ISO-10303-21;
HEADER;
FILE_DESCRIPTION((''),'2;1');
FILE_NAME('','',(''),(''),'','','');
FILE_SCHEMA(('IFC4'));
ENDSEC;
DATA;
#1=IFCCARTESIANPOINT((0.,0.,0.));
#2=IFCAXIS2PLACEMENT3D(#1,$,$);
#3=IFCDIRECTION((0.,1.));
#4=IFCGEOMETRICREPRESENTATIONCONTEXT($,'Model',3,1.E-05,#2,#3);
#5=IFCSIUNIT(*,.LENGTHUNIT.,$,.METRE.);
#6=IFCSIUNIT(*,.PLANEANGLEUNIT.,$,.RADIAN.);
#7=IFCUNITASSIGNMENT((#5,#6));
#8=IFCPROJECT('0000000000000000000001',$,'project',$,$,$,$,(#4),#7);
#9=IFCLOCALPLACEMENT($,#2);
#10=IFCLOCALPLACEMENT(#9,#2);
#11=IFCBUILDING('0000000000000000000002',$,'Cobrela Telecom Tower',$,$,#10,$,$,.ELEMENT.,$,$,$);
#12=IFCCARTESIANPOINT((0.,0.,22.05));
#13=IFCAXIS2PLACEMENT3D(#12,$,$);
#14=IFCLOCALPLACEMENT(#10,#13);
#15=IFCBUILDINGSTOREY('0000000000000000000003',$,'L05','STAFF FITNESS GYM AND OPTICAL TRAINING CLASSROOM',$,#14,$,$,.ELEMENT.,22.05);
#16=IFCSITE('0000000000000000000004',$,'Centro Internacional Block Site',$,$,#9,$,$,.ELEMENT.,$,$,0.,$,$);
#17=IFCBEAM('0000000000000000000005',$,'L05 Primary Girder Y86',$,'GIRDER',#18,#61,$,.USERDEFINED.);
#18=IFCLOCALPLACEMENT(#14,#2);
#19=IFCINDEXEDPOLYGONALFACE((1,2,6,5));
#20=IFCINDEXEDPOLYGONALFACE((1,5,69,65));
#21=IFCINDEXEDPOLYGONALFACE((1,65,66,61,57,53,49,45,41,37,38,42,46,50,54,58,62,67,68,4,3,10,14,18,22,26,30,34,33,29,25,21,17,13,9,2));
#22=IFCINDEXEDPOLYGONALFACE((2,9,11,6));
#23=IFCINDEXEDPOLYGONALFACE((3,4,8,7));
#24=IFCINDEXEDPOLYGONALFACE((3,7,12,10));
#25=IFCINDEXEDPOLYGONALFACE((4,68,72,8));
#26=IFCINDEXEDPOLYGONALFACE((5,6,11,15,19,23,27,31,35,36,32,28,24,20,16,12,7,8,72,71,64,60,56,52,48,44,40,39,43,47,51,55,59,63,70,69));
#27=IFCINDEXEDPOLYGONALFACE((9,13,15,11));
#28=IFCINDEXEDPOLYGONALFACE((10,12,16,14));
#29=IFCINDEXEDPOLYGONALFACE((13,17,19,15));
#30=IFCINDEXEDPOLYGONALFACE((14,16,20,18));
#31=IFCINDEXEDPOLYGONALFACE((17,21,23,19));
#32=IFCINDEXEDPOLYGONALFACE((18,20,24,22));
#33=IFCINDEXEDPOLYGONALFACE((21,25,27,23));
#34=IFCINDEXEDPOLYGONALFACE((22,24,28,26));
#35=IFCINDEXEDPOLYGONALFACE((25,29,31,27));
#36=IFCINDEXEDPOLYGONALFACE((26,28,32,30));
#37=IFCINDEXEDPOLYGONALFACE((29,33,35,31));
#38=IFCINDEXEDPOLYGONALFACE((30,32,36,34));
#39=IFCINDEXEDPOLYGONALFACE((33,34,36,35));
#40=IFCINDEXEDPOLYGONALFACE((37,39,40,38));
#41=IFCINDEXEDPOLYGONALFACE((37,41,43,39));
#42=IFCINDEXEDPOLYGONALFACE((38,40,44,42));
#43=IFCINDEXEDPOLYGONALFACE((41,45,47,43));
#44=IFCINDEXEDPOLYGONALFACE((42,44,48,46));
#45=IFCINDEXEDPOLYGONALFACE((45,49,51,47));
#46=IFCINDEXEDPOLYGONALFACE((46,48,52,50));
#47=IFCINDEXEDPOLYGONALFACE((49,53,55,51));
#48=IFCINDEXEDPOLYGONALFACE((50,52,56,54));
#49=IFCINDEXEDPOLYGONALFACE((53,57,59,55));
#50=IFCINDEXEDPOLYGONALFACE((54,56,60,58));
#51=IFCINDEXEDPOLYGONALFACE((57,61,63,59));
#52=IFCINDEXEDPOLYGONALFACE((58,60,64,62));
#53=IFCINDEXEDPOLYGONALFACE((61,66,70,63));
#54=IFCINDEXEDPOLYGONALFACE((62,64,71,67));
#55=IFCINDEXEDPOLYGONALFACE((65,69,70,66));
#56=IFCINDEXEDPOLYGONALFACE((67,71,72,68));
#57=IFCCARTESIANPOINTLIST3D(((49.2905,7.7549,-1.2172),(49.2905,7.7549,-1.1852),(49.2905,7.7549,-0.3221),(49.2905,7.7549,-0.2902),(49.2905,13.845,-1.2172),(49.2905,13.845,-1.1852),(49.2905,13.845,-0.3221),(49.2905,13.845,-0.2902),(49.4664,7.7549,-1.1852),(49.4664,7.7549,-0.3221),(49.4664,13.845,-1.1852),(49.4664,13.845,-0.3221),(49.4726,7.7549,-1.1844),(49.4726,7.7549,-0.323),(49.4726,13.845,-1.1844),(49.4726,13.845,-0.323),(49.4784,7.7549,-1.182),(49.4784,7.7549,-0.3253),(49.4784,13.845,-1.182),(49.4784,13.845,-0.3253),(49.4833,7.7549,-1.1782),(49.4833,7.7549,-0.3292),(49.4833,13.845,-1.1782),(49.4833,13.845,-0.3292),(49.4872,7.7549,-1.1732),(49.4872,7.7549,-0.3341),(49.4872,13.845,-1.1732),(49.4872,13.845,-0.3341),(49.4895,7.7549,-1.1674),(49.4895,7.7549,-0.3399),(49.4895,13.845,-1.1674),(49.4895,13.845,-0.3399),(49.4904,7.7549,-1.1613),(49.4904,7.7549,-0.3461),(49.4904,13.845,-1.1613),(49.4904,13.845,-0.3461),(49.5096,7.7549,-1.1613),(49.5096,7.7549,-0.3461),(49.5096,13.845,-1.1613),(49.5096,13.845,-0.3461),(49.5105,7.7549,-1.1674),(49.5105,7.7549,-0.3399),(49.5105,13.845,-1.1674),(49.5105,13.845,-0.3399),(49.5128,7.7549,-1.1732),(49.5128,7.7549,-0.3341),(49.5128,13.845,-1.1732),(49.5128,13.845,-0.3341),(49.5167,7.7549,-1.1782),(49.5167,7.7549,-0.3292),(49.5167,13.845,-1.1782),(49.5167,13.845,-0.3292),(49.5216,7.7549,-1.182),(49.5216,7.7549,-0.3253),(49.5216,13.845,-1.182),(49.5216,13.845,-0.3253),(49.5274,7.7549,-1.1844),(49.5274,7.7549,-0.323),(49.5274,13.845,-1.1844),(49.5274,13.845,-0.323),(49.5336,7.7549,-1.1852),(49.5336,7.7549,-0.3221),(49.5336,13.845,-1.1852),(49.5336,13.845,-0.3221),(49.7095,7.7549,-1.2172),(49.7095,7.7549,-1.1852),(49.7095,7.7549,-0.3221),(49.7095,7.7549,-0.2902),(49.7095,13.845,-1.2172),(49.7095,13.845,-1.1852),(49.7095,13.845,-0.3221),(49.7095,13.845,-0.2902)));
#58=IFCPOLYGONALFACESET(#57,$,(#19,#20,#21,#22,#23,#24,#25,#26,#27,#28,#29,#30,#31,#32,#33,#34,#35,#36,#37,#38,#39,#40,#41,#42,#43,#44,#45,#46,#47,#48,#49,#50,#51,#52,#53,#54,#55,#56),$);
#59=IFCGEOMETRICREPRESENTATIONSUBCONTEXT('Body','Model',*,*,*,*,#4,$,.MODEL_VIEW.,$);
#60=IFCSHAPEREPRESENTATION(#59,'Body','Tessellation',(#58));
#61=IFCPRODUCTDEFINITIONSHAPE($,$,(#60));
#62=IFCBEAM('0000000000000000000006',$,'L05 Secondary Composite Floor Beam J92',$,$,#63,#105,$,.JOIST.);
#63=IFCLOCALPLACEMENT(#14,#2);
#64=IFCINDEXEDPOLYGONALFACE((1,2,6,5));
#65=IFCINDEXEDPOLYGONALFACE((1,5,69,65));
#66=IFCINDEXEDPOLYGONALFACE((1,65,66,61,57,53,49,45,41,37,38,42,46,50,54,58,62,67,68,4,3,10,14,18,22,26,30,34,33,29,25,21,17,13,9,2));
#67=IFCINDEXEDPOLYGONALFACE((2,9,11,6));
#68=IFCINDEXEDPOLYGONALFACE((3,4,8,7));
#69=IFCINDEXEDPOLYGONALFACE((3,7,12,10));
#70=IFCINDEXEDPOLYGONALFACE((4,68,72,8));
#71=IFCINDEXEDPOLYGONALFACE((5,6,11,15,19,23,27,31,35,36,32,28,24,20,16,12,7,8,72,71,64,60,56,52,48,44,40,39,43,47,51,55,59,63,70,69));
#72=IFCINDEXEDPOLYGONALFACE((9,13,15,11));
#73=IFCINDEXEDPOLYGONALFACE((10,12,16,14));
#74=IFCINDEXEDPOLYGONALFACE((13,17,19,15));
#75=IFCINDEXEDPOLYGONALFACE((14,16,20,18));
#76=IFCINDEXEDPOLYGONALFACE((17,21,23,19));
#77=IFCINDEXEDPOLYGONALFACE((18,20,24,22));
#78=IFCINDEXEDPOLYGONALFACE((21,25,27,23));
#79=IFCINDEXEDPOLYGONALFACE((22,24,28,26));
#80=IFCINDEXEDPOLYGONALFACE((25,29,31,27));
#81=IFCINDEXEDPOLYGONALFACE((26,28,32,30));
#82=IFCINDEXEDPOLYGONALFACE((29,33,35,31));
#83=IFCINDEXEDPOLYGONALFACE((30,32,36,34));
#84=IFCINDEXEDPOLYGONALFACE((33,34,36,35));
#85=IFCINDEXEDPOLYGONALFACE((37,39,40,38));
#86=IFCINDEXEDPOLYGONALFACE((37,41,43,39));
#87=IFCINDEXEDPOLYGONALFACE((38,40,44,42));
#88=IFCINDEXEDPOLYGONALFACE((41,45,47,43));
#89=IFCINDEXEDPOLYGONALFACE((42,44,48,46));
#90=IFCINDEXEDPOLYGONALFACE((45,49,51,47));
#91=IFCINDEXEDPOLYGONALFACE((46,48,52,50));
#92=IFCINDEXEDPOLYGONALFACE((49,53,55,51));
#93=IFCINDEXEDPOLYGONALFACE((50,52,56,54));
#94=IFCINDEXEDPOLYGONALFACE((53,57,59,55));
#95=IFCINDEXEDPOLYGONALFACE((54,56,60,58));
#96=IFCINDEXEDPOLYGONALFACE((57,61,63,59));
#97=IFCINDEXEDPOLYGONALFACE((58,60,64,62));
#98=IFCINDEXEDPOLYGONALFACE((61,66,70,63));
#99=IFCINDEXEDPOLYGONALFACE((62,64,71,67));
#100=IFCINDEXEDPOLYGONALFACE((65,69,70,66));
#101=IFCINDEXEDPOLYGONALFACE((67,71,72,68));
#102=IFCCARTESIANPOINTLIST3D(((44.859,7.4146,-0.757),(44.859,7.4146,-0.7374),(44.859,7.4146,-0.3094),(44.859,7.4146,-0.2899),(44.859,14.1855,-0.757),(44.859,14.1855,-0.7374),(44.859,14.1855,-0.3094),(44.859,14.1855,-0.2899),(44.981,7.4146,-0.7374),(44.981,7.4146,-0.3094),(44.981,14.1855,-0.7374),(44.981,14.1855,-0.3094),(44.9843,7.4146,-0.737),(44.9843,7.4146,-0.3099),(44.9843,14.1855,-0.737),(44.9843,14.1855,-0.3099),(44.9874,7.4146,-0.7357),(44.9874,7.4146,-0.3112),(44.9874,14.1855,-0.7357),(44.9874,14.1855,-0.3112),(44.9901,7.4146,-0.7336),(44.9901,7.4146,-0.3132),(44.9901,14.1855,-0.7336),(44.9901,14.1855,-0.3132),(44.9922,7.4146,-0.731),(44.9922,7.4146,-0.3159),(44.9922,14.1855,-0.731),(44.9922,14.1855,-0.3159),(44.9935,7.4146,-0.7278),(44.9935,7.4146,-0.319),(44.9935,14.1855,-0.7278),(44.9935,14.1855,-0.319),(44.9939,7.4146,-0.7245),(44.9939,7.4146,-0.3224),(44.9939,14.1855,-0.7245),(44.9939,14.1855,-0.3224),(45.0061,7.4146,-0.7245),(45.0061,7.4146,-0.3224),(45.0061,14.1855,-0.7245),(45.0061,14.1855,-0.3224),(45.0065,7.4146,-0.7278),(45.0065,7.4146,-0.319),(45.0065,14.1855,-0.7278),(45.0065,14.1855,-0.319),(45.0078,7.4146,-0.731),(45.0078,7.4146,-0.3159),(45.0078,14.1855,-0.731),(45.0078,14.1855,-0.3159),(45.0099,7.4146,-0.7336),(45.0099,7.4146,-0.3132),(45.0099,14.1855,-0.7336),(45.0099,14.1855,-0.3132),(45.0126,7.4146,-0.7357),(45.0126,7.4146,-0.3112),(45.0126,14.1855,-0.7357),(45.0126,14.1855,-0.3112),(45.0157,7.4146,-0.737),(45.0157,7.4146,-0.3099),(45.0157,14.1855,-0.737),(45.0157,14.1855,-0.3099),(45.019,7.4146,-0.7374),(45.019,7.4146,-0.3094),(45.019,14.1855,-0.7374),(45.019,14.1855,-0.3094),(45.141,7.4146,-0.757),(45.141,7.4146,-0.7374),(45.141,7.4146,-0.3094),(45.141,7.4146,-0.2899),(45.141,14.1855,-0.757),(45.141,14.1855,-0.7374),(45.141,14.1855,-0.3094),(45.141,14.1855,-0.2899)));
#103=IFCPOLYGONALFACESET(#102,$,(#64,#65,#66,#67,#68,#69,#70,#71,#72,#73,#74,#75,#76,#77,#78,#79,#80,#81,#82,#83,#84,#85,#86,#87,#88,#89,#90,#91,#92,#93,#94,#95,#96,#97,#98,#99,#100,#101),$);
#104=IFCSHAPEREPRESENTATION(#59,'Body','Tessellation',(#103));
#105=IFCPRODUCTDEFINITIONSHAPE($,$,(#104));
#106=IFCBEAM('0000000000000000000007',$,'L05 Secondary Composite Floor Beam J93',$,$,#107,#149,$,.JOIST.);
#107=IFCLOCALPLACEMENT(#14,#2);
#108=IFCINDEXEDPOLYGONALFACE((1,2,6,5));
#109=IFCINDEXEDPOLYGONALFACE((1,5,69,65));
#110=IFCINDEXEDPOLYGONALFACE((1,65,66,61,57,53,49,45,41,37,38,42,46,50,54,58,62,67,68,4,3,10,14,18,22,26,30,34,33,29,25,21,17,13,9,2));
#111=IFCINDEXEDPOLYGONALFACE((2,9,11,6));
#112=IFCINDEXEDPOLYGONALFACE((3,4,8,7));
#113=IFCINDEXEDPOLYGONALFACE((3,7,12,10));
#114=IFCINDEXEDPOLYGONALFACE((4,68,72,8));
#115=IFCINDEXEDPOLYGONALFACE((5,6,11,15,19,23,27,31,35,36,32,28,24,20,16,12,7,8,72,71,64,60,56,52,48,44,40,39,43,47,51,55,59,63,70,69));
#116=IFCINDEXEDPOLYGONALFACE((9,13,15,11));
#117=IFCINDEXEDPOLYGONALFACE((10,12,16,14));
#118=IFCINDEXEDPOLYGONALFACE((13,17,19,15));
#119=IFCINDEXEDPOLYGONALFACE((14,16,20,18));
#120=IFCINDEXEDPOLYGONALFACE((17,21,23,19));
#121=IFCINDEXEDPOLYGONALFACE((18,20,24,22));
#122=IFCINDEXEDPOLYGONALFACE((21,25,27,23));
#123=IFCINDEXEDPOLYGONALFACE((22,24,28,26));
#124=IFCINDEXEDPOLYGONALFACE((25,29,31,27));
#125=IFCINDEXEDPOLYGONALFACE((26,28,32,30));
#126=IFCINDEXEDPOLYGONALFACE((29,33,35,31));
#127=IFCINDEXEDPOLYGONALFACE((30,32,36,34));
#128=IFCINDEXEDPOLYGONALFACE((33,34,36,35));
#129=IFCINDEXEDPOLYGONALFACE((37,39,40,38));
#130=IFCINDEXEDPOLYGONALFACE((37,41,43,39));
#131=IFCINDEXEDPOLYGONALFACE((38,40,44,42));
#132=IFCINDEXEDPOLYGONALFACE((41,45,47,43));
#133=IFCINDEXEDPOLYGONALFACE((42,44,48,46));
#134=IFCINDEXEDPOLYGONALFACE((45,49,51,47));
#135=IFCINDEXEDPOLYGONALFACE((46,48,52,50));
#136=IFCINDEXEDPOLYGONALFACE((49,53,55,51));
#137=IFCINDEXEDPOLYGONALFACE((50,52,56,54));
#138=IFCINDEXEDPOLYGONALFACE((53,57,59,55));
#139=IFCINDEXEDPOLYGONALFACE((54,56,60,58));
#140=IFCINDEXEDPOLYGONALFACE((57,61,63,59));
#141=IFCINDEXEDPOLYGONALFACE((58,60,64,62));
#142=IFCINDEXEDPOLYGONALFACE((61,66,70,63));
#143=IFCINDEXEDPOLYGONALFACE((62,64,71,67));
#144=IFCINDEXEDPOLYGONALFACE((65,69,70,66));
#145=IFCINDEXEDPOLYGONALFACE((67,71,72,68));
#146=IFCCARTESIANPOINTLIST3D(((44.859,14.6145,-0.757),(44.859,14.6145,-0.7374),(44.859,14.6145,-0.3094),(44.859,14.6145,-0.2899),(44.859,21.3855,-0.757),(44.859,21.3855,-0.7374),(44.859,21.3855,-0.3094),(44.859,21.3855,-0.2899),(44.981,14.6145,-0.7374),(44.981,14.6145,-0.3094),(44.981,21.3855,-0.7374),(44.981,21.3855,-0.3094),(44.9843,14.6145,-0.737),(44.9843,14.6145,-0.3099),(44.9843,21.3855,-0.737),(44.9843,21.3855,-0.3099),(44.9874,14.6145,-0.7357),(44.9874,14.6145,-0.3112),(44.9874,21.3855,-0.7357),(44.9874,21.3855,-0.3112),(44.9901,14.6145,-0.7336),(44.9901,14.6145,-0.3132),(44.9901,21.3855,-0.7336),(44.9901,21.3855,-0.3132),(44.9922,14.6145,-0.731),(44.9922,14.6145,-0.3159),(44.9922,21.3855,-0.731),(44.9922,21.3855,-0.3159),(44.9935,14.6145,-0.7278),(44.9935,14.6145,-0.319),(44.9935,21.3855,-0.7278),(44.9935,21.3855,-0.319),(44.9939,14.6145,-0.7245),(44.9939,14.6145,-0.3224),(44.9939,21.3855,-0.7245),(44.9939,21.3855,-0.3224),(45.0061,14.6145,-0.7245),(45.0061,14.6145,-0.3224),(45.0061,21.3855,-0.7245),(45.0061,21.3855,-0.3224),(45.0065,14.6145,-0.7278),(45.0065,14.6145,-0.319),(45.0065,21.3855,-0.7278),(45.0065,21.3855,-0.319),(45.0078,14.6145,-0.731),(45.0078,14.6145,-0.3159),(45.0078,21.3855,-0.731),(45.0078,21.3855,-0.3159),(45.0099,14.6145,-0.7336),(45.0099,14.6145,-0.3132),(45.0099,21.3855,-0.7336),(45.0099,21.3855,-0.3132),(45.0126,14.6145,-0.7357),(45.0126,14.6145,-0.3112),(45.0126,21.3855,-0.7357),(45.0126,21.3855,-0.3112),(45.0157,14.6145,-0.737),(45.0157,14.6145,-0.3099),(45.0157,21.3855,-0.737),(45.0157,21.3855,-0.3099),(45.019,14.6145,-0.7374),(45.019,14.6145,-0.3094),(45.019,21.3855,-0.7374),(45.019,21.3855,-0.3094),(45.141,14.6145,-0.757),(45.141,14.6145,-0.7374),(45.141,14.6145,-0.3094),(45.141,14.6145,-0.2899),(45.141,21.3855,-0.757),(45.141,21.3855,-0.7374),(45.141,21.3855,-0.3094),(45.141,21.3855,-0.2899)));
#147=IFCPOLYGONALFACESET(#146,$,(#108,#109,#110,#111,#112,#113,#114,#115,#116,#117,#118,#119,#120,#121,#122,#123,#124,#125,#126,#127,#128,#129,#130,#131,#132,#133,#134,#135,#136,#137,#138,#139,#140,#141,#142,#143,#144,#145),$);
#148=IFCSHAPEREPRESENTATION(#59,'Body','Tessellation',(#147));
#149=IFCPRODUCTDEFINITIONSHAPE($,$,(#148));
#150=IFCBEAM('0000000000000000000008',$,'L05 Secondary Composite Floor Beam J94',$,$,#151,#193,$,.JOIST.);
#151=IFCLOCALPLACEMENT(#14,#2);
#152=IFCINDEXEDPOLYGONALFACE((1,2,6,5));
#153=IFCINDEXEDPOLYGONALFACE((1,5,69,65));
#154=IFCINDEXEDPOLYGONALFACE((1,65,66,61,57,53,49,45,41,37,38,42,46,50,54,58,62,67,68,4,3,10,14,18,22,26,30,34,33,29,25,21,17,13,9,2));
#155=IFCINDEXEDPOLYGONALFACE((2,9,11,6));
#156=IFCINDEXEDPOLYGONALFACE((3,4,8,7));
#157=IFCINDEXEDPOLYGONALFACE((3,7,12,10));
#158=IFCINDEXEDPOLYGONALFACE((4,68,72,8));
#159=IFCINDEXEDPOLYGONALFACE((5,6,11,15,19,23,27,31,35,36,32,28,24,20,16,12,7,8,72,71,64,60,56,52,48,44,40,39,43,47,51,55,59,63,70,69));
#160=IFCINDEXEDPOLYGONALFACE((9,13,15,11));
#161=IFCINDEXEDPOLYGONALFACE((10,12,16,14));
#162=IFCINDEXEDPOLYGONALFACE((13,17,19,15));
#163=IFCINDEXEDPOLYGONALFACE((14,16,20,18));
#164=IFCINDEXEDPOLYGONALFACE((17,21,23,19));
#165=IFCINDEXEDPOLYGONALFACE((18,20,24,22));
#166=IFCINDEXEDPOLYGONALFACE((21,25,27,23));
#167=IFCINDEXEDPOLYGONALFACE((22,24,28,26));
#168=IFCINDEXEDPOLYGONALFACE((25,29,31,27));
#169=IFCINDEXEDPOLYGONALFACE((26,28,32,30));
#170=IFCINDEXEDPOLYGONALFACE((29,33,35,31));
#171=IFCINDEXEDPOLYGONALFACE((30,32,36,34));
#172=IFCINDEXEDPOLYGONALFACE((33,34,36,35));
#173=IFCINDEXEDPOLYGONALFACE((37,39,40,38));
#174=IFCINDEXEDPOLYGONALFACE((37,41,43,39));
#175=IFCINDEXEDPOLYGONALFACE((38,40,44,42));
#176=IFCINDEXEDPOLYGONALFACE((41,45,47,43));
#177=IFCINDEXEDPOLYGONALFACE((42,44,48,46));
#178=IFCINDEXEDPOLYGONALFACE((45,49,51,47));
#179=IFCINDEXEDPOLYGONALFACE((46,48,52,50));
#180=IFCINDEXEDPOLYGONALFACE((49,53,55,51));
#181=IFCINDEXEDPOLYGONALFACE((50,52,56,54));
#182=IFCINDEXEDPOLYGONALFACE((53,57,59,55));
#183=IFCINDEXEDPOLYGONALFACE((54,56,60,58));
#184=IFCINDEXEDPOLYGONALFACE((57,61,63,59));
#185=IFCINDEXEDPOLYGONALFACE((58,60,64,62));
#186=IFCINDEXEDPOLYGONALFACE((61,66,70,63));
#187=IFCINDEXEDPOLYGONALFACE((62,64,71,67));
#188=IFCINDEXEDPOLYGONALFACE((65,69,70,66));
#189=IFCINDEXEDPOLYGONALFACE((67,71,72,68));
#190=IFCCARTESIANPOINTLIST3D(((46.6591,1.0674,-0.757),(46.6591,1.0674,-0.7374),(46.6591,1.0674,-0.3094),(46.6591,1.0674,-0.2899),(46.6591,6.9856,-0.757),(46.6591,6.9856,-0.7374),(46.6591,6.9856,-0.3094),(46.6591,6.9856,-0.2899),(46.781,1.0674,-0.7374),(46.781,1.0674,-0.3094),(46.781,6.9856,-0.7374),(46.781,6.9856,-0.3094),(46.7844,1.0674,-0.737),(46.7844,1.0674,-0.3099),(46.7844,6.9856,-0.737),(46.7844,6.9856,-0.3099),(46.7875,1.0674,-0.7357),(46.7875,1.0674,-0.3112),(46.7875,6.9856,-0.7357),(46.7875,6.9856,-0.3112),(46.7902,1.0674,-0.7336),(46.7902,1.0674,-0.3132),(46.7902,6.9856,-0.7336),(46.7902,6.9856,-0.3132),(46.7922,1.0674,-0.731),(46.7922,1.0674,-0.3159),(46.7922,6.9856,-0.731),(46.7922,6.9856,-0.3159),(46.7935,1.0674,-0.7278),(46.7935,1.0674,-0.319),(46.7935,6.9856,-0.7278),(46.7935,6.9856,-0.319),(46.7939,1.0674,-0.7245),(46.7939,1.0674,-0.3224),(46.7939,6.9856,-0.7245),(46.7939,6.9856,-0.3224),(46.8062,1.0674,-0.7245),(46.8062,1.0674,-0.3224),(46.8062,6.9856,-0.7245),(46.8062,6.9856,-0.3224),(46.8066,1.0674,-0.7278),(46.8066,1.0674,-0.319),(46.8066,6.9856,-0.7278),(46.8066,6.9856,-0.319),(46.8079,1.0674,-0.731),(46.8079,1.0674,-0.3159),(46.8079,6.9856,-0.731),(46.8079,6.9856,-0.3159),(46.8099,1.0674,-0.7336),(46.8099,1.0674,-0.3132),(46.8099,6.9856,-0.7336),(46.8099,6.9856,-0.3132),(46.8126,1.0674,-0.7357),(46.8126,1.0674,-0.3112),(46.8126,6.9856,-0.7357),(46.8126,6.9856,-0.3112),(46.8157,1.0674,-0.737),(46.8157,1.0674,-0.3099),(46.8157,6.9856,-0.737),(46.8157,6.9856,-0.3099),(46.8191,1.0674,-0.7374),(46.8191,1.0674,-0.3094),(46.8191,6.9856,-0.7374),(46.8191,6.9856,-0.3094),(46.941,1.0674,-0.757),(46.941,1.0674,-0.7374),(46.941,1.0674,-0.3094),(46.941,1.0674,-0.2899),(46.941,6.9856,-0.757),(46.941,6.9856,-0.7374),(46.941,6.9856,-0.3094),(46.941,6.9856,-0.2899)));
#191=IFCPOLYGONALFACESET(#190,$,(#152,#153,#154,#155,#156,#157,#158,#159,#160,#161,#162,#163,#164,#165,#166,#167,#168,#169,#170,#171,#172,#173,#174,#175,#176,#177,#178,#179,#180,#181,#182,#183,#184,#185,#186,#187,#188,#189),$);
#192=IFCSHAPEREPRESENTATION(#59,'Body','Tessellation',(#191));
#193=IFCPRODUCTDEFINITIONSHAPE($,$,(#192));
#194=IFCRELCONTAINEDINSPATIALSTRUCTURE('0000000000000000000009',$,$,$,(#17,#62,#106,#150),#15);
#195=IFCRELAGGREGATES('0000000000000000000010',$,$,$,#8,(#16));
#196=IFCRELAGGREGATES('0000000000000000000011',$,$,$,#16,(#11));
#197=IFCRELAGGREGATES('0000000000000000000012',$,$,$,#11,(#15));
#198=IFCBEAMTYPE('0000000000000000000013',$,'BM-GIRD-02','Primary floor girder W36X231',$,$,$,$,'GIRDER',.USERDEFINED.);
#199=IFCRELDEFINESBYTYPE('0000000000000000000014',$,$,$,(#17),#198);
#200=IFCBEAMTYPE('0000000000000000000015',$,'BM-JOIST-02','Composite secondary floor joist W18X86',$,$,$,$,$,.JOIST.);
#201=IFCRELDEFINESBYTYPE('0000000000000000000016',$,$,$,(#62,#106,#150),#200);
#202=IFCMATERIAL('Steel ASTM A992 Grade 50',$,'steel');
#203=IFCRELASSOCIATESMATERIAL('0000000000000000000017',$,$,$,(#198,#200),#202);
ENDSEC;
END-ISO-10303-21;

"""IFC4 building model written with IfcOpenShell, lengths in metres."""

from ifc_helpers import new_model, si_unit, direction, frame, origin, origin_2d, place, context, subcontext, project, spatial, i_section, extrude, material, material_profile, profile_set, type_object, element, save


model = new_model("IFC4")

# Units and contexts
model_context = context("Model", 3, precision=1e-05, world=origin(), true_north=direction((0.0, 1.0)))
body_context = subcontext(model_context, "Body", "Model", "MODEL_VIEW")
ifc_project = project(units=[si_unit("LENGTHUNIT", "METRE"), si_unit("PLANEANGLEUNIT", "RADIAN")], contexts=[model_context])

# Site, building, storey
site_placement = place(None, origin())
site = spatial("IfcSite", under=ifc_project, at=site_placement, Name="Centro Internacional Block Site", CompositionType="ELEMENT", RefElevation=0.0)
building_placement = place(site_placement, origin())
building = spatial("IfcBuilding", under=site, at=building_placement, Name="Cobrela Telecom Tower", CompositionType="ELEMENT")
storey_placement = place(building_placement, frame((0.0, 0.0, 22.05)))
storey = spatial("IfcBuildingStorey", under=building, at=storey_placement, Name="L05", Description="STAFF FITNESS GYM AND OPTICAL TRAINING CLASSROOM", CompositionType="ELEMENT", Elevation=22.05)

# Beams
ifc_material_1 = material(Name="Steel ASTM A992 Grade 50", Category="steel")
ifc_material_profile_1 = material_profile(ifc_material_1, i_section(OverallWidth=0.4189, OverallDepth=0.927, WebThickness=0.0193, FlangeThickness=0.032, FilletRadius=0.0239, at=origin_2d()), Name="W36X231")
ifc_profile_set_1 = profile_set([ifc_material_profile_1], Name="Steel ASTM A992 Grade 50")
beam_type_1 = type_object("IfcBeamType", Name="BM-GIRD-02", Description="Primary floor girder W36X231", ElementType="GIRDER", PredefinedType="USERDEFINED", material=ifc_profile_set_1)
beam_1_placement = place(storey_placement, frame((49.5, 7.7549, -0.7537), z_axis=(0.0, 1.0, 0.0), x_axis=(-1.0, 0.0, 0.0)))
element("IfcBeam", 1, at=beam_1_placement, inside=storey, type_object=beam_type_1, Name="L05 Primary Girder Y86", ObjectType="GIRDER", PredefinedType="USERDEFINED", context=body_context, shape_type="SweptSolid", body=[
    extrude(i_section(OverallWidth=0.4189, OverallDepth=0.927, WebThickness=0.0193, FlangeThickness=0.032, FilletRadius=0.0239, at=origin_2d()), origin(), (0.0, 0.0, 1.0), 6.0901),
])
ifc_material_profile_2 = material_profile(ifc_material_1, i_section(OverallWidth=0.282, OverallDepth=0.467, WebThickness=0.0122, FlangeThickness=0.0195, FilletRadius=0.0129, at=origin_2d()), Name="W18X86")
ifc_profile_set_2 = profile_set([ifc_material_profile_2], Name="Steel ASTM A992 Grade 50")
beam_type_2 = type_object("IfcBeamType", Name="BM-JOIST-02", Description="Composite secondary floor joist W18X86", PredefinedType="JOIST", material=ifc_profile_set_2)
for number, where, z_axis, x_axis, name in (
    (2, (45.0, 7.4146, -0.5234), (0.0, 1.0, 0.0), (-1.0, 0.0, 0.0), "L05 Secondary Composite Floor Beam J92"),
    (3, (45.0, 14.6145, -0.5234), (0.0, 1.0, 0.0), (-1.0, 0.0, 0.0), "L05 Secondary Composite Floor Beam J93"),
):
    element("IfcBeam", number, at=place(storey_placement, frame(where, z_axis=z_axis, x_axis=x_axis)), inside=storey, type_object=beam_type_2, Name=name, PredefinedType="JOIST", context=body_context, shape_type="SweptSolid", body=[
        extrude(i_section(OverallWidth=0.282, OverallDepth=0.467, WebThickness=0.0122, FlangeThickness=0.0195, FilletRadius=0.0129, at=origin_2d()), origin(), (0.0, 0.0, 1.0), 6.771),
    ])
beam_2_placement = place(storey_placement, frame((46.8, 1.0674, -0.5234), z_axis=(0.0, 1.0, 0.0), x_axis=(-1.0, 0.0, 0.0)))
element("IfcBeam", 4, at=beam_2_placement, inside=storey, type_object=beam_type_2, Name="L05 Secondary Composite Floor Beam J94", PredefinedType="JOIST", context=body_context, shape_type="SweptSolid", body=[
    extrude(i_section(OverallWidth=0.282, OverallDepth=0.467, WebThickness=0.0122, FlangeThickness=0.0195, FilletRadius=0.0129, at=origin_2d()), origin(), (0.0, 0.0, 1.0), 5.9182),
])

save(model, "model.ifc")
